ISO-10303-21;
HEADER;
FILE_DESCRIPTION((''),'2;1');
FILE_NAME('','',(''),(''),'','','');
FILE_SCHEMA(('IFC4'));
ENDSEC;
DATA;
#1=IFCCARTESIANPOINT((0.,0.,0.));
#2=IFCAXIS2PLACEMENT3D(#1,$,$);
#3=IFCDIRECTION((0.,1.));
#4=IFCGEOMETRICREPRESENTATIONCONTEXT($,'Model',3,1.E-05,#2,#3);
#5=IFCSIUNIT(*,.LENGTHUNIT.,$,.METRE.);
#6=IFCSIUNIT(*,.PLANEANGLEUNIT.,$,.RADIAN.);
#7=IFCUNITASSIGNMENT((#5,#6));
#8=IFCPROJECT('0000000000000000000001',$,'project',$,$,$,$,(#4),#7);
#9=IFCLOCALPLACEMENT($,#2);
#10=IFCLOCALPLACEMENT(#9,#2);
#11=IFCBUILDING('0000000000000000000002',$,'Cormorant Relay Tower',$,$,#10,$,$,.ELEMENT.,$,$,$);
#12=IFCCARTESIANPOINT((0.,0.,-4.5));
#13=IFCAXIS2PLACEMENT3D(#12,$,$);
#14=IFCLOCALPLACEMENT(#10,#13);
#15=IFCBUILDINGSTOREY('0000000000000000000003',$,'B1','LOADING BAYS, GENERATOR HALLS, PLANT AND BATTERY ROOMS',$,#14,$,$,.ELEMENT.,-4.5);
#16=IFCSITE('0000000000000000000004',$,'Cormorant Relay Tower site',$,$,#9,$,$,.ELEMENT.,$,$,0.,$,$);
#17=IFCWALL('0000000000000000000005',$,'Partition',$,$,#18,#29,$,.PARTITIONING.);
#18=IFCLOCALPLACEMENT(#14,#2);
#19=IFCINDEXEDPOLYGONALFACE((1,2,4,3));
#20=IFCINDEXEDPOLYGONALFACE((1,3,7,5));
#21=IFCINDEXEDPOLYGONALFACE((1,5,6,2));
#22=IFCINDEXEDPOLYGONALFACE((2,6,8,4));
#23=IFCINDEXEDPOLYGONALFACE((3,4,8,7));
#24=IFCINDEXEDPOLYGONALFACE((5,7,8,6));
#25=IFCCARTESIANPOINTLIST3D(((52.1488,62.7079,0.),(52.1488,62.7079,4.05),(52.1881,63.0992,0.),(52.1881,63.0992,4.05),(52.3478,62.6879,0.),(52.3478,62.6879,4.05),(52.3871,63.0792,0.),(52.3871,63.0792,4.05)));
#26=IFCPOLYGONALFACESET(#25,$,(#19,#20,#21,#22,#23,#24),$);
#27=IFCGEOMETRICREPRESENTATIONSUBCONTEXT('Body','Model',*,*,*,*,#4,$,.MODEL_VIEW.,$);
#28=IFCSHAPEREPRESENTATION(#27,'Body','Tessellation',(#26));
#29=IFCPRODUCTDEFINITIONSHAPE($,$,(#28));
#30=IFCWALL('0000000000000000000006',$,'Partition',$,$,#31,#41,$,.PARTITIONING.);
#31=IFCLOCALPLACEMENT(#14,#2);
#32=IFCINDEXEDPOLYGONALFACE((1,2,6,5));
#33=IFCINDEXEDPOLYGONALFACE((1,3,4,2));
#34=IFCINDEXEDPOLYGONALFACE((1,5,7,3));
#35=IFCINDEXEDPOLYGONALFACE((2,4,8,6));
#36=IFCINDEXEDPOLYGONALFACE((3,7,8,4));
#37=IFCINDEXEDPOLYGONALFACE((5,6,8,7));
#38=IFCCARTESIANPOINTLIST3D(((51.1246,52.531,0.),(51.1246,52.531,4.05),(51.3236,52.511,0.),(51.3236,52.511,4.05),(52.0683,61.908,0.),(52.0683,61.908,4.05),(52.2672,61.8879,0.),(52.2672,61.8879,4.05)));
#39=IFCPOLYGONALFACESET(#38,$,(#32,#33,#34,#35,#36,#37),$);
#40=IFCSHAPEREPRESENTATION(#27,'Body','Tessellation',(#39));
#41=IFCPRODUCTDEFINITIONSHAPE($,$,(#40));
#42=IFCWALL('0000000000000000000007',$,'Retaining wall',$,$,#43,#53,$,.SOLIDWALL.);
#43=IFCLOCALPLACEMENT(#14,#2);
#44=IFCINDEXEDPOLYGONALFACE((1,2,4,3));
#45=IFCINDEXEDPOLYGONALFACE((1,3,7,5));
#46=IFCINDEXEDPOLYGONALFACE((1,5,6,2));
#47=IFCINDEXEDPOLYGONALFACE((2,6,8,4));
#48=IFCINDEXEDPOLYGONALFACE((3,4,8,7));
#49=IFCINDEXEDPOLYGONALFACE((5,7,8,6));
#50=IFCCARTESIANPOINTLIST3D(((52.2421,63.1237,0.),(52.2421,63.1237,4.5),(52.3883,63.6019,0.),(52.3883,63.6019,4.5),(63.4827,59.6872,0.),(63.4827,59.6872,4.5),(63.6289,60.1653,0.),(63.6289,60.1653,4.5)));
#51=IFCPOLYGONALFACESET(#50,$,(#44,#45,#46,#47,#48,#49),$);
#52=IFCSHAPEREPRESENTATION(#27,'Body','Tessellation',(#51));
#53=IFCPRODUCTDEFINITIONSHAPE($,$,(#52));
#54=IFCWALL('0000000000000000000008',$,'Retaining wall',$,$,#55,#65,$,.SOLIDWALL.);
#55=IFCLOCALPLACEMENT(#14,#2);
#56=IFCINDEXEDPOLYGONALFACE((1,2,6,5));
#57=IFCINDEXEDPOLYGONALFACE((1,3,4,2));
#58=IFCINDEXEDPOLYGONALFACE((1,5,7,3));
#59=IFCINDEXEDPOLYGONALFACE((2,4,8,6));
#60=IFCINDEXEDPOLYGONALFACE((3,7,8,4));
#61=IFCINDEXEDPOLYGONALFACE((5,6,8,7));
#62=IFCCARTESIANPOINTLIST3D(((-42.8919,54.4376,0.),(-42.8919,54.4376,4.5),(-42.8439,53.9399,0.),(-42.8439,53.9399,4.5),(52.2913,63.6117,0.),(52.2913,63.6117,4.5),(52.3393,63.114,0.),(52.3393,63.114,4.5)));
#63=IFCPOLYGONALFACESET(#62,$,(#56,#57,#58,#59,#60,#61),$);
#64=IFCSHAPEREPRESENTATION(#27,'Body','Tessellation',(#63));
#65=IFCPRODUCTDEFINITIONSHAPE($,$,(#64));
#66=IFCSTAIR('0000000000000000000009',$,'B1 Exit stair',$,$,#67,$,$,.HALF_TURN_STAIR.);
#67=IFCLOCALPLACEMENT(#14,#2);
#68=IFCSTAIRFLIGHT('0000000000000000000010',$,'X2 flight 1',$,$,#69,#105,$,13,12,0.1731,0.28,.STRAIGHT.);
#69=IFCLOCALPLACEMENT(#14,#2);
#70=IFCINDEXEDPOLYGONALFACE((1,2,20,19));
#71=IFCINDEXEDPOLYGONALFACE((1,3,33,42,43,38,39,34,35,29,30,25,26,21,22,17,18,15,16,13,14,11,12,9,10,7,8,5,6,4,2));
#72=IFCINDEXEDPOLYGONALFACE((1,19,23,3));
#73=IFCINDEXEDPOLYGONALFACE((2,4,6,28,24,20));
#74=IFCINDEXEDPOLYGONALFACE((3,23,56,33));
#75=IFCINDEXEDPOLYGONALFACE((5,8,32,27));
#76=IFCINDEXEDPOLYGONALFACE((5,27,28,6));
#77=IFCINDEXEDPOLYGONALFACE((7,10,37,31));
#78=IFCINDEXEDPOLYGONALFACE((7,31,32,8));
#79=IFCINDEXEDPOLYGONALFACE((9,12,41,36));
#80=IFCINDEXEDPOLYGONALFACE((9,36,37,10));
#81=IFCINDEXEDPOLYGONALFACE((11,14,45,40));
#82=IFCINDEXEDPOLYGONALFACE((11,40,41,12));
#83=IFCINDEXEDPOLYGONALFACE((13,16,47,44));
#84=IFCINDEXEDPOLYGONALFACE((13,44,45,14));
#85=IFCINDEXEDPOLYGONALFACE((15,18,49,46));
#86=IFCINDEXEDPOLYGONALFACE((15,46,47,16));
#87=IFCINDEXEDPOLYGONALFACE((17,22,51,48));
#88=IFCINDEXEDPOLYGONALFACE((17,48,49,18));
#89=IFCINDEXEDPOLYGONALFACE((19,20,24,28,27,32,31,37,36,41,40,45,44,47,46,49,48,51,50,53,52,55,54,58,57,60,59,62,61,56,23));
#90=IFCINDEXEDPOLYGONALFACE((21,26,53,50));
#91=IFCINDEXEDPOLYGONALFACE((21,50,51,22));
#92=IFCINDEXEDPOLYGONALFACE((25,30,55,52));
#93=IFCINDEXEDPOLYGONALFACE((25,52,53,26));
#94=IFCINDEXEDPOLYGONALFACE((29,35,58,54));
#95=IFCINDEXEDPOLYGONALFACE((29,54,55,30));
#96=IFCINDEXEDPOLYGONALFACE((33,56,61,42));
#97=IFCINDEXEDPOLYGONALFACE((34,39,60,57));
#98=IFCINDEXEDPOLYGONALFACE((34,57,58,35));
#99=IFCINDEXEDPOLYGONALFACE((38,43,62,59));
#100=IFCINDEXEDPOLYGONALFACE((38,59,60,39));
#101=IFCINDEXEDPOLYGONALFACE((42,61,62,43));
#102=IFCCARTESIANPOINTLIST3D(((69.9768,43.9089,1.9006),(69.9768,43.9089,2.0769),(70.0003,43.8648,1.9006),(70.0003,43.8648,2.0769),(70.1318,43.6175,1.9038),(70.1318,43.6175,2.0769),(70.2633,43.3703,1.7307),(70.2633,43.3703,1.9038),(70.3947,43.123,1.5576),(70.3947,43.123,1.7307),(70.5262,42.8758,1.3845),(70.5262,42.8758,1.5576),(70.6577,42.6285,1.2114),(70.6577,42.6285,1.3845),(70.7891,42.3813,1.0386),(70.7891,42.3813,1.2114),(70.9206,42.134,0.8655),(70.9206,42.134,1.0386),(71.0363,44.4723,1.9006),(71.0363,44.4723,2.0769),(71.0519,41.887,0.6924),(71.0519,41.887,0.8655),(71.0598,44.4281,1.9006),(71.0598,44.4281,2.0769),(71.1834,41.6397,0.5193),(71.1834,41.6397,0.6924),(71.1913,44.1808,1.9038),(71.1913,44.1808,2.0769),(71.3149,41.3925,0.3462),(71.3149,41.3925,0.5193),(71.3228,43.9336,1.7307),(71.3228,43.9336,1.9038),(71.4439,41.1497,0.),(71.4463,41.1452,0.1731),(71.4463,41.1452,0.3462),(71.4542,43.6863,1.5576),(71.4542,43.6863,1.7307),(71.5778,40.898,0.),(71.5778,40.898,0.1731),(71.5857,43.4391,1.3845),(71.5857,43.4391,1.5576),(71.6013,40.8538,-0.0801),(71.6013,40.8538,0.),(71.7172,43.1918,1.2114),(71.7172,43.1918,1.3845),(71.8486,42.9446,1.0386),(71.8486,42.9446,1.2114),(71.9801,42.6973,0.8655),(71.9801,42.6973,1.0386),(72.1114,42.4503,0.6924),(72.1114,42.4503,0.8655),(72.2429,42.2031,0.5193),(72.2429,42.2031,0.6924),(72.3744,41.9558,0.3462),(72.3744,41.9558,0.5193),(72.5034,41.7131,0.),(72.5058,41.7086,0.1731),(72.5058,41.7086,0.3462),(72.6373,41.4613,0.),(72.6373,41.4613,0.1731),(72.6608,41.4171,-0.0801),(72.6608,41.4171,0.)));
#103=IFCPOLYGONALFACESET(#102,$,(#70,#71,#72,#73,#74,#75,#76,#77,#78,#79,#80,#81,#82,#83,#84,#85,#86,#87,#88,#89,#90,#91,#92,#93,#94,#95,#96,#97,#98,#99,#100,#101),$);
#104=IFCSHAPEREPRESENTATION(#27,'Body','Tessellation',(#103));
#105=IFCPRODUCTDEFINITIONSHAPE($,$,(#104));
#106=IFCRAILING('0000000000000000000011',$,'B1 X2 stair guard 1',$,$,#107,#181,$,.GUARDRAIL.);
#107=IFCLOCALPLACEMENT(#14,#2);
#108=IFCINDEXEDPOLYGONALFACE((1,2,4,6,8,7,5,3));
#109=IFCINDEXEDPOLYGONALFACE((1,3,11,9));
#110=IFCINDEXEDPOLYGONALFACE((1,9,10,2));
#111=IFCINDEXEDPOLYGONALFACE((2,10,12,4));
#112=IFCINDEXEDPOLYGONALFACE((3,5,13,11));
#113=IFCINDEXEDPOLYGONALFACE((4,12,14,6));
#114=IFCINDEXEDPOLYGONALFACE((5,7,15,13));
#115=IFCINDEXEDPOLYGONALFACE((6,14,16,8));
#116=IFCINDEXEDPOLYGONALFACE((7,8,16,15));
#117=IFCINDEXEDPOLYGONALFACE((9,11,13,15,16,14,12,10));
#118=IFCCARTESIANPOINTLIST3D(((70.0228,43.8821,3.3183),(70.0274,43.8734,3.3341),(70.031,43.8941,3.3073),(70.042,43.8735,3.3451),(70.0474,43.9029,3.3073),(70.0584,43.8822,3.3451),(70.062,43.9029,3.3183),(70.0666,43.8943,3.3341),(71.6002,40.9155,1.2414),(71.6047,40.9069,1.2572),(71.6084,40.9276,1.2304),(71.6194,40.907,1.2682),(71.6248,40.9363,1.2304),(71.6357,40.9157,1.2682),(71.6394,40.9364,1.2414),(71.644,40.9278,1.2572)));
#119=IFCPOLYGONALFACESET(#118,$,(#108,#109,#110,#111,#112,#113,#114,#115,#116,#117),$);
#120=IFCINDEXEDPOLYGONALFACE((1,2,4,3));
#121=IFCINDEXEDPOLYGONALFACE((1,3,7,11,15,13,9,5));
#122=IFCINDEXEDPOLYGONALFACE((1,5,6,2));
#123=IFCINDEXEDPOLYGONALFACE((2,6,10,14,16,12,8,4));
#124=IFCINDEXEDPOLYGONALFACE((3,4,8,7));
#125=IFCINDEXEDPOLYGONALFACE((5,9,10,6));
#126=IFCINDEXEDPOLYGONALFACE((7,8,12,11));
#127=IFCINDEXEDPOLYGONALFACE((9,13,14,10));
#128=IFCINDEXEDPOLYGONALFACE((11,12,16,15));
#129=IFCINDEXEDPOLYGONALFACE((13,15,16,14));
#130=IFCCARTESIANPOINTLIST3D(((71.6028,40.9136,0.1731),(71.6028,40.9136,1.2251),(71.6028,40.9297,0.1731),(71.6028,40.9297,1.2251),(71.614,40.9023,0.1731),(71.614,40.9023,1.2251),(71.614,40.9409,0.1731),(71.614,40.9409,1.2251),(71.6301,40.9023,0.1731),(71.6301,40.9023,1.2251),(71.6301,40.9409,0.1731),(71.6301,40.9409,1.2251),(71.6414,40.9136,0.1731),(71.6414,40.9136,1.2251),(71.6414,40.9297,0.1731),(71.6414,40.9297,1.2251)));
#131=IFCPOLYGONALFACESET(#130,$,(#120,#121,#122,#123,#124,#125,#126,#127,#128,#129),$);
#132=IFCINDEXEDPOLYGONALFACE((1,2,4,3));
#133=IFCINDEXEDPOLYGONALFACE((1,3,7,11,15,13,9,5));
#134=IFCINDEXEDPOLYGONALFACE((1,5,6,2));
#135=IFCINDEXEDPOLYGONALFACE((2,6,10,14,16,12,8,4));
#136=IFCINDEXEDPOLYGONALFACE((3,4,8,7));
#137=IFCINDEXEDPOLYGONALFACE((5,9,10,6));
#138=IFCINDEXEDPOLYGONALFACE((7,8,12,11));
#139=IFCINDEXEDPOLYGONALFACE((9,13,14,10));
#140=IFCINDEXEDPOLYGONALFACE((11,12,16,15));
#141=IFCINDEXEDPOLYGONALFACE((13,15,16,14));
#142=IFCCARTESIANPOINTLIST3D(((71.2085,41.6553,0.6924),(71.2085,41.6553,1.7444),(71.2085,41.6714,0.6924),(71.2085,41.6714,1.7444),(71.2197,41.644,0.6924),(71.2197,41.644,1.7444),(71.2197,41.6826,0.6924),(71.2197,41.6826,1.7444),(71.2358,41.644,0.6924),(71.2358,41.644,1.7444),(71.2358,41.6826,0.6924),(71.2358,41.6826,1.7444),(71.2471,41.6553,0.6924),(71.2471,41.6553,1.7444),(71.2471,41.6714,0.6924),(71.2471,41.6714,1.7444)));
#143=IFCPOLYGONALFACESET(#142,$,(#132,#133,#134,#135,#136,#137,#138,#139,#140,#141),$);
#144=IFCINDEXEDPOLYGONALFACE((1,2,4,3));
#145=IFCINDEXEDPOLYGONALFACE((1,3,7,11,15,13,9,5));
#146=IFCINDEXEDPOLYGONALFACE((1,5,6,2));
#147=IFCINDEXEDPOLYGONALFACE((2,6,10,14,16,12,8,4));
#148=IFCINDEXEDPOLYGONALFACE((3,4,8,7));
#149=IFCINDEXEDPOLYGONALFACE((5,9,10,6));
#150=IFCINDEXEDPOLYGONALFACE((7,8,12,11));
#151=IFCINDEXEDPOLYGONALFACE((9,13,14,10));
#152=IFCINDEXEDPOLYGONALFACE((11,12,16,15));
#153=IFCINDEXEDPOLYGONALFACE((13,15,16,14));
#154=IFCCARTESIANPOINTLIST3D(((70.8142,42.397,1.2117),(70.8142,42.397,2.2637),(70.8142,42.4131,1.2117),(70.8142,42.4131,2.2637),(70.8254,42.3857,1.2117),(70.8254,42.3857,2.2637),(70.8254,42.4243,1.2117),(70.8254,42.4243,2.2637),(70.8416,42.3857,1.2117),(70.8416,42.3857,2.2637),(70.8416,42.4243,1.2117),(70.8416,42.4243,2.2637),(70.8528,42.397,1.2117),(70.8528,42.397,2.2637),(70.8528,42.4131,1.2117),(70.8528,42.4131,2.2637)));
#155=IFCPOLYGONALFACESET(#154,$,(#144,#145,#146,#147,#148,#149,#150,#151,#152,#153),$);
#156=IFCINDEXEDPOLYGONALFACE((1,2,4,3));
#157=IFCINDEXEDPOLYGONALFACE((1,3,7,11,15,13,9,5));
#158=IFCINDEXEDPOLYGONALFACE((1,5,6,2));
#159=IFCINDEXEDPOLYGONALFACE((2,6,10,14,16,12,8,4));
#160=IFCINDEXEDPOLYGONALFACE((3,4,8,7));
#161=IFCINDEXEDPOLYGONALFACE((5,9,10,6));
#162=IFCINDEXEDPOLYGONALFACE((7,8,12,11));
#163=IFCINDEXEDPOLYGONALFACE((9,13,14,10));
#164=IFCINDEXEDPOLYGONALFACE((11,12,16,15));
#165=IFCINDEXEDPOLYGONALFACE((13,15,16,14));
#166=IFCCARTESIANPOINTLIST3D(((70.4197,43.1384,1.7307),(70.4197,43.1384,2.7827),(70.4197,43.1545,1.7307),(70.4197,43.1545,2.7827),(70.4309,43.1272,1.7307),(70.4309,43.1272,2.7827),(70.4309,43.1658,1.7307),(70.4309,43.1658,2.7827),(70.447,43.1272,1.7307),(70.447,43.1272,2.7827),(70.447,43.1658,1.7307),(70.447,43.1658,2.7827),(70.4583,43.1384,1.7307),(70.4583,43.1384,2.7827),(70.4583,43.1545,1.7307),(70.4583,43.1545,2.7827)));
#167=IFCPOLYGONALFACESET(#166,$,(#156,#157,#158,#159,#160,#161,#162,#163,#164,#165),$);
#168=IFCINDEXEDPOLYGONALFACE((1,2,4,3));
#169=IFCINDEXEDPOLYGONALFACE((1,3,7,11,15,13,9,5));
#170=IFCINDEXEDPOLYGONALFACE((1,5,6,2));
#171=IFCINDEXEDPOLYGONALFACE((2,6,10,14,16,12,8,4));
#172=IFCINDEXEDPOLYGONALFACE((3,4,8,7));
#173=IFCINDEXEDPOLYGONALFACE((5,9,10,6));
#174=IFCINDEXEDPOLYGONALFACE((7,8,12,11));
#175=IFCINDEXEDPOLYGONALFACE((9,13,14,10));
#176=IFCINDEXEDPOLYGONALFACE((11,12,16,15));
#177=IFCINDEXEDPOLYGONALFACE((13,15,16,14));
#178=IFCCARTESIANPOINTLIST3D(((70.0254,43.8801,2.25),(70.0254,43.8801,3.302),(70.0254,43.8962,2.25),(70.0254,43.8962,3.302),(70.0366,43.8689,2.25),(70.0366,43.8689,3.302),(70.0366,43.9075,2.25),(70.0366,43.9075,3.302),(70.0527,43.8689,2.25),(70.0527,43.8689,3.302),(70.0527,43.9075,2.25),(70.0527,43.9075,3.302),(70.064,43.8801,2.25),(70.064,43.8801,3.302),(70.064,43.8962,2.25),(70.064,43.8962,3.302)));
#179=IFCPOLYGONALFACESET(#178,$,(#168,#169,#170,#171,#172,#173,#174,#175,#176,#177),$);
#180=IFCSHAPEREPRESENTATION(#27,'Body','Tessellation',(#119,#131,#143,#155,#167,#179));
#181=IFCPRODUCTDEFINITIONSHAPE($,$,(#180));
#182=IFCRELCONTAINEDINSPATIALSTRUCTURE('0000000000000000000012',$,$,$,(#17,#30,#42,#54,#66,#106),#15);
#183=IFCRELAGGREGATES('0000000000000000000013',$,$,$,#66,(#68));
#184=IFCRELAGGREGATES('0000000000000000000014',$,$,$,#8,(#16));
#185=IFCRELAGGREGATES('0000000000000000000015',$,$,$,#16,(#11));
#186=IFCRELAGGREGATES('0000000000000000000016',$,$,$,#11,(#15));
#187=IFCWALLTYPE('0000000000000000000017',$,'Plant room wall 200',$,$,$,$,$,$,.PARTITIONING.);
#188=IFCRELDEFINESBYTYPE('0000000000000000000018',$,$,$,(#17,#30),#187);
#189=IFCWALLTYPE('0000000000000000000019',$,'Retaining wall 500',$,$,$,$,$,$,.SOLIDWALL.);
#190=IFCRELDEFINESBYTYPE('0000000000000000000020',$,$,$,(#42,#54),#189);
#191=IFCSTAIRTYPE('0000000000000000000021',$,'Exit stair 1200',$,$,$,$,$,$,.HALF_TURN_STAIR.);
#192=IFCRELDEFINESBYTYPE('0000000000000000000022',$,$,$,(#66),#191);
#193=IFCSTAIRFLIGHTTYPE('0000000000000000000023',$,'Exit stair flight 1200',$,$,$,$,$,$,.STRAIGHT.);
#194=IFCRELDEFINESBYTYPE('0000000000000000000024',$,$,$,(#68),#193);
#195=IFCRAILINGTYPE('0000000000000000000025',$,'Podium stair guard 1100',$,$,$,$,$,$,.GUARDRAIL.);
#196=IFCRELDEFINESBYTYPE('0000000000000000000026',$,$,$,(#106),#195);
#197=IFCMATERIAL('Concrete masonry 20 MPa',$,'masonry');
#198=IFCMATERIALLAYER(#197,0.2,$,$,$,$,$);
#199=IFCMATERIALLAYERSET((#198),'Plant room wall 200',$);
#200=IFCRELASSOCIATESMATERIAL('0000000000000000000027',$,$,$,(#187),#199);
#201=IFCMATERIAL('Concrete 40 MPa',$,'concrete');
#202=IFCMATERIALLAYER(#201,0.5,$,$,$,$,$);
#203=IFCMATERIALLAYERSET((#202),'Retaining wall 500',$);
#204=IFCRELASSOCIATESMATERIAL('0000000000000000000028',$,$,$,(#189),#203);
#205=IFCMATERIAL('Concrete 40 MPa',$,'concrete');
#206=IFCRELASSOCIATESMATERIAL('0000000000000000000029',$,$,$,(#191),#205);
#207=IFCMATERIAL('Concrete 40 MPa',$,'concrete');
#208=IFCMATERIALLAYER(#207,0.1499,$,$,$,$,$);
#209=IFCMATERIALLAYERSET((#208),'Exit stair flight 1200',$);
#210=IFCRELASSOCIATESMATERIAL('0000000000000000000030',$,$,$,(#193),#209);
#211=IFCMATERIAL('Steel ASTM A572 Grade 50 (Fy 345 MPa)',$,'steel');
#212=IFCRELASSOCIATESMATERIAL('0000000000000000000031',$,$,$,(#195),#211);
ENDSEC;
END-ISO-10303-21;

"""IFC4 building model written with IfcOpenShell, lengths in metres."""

from ifc_helpers import new_model, si_unit, direction, frame, frame_2d, origin, place, context, subcontext, project, spatial, polyline, rectangle, outline, extrude, material, layer, layer_set, type_object, element, aggregate, save


model = new_model("IFC4")

# Units and contexts
model_context = context("Model", 3, precision=1e-05, world=origin(), true_north=direction((0.0, 1.0)))
body_context = subcontext(model_context, "Body", "Model", "MODEL_VIEW")
ifc_project = project(units=[si_unit("LENGTHUNIT", "METRE"), si_unit("PLANEANGLEUNIT", "RADIAN")], contexts=[model_context])

# Site, building, storey
site_placement = place(None, origin())
site = spatial("IfcSite", under=ifc_project, at=site_placement, Name="Cormorant Relay Tower site", CompositionType="ELEMENT", RefElevation=0.0)
building_placement = place(site_placement, origin())
building = spatial("IfcBuilding", under=site, at=building_placement, Name="Cormorant Relay Tower", CompositionType="ELEMENT")
storey_placement = place(building_placement, frame((0.0, 0.0, -4.5)))
storey = spatial("IfcBuildingStorey", under=building, at=storey_placement, Name="B1", Description="LOADING BAYS, GENERATOR HALLS, PLANT AND BATTERY ROOMS", CompositionType="ELEMENT", Elevation=-4.5)

# Walls
ifc_material_1 = material(Name="Concrete masonry 20 MPa", Category="masonry")
ifc_layer_1 = layer(ifc_material_1, 0.2)
ifc_layer_set_1 = layer_set([ifc_layer_1], Name="Plant room wall 200")
wall_type_1 = type_object("IfcWallType", Name="Plant room wall 200", PredefinedType="PARTITIONING", material=ifc_layer_set_1)
wall_1_placement = place(storey_placement, frame((52.2876, 63.0894, 0.0), z_axis=(0.0, 0.0, 1.0), x_axis=(-0.099934, -0.994994, 0.0)))
element("IfcWall", 1, at=wall_1_placement, inside=storey, type_object=wall_type_1, Name="Partition", PredefinedType="PARTITIONING", context=body_context, shape_type="SweptSolid", body=[
    extrude(rectangle(XDim=0.3933, YDim=0.2, at=frame_2d((0.1968, 0.0))), origin(), (0.0, 0.0, 1.0), 4.05),
])
wall_2_placement = place(storey_placement, frame((52.1677, 61.8979, 0.0), z_axis=(0.0, 0.0, 1.0), x_axis=(-0.100124, -0.994975, 0.0)))
element("IfcWall", 2, at=wall_2_placement, inside=storey, type_object=wall_type_1, Name="Partition", PredefinedType="PARTITIONING", context=body_context, shape_type="SweptSolid", body=[
    extrude(rectangle(XDim=9.4243, YDim=0.2, at=frame_2d((4.7122, 0.0))), origin(), (0.0, 0.0, 1.0), 4.05),
])
ifc_material_2 = material(Name="Concrete 40 MPa", Category="concrete")
ifc_layer_2 = layer(ifc_material_2, 0.5)
ifc_layer_set_2 = layer_set([ifc_layer_2], Name="Retaining wall 500")
wall_type_2 = type_object("IfcWallType", Name="Retaining wall 500", PredefinedType="SOLIDWALL", material=ifc_layer_set_2)
wall_3_placement = place(storey_placement, frame((63.5557, 59.9263, 0.0), z_axis=(0.0, 0.0, 1.0), x_axis=(-0.956306, 0.292369, 0.0)))
element("IfcWall", 3, at=wall_3_placement, inside=storey, type_object=wall_type_2, Name="Retaining wall", PredefinedType="SOLIDWALL", context=body_context, shape_type="SweptSolid", body=[
    extrude(rectangle(XDim=11.7542, YDim=0.5, at=frame_2d((5.877, 0.0))), origin(), (0.0, 0.0, 1.0), 4.5),
])
wall_4_placement = place(storey_placement, frame((52.3152, 63.3628, 0.0), z_axis=(0.0, 0.0, 1.0), x_axis=(-0.995387, -0.095939, 0.0)))
element("IfcWall", 4, at=wall_4_placement, inside=storey, type_object=wall_type_2, Name="Retaining wall", PredefinedType="SOLIDWALL", context=body_context, shape_type="SweptSolid", body=[
    extrude(rectangle(XDim=95.6243, YDim=0.5, at=frame_2d((47.812, 0.0))), origin(), (0.0, 0.0, 1.0), 4.5),
])

# Stair, stair flight
ifc_material_3 = material(Name="Concrete 40 MPa", Category="concrete")
stair_type = type_object("IfcStairType", Name="Exit stair 1200", PredefinedType="HALF_TURN_STAIR", material=ifc_material_3)
stair_placement = place(storey_placement, origin())
stair = element("IfcStair", 5, at=stair_placement, inside=storey, type_object=stair_type, Name="B1 Exit stair", PredefinedType="HALF_TURN_STAIR")
ifc_material_4 = material(Name="Concrete 40 MPa", Category="concrete")
ifc_layer_3 = layer(ifc_material_4, 0.1499)
ifc_layer_set_3 = layer_set([ifc_layer_3], Name="Exit stair flight 1200")
stair_flight_type = type_object("IfcStairFlightType", Name="Exit stair flight 1200", PredefinedType="STRAIGHT", material=ifc_layer_set_3)
stair_flight_1_placement = place(storey_placement, frame((72.1077, 41.1797, 0.0), z_axis=(0.0, 0.0, 1.0), x_axis=(-0.469472, 0.882948, 0.0)))
stair_flight_1 = element("IfcStairFlight", 6, at=stair_flight_1_placement, type_object=stair_flight_type, Name="X2 flight 1", NumberOfRisers=13, NumberOfTreads=12, PredefinedType="STRAIGHT", RiserHeight=0.1731, TreadLength=0.28, context=body_context, shape_type="SweptSolid", body=[
    extrude(outline(polyline([(-0.05, -0.0801), (-0.05, 0.0), (0.0, 0.0), (0.0, 0.1731), (0.28, 0.1731), (0.28, 0.3462), (0.5601, 0.3462), (0.5601, 0.5193), (0.8401, 0.5193), (0.8401, 0.6924), (1.1201, 0.6924), (1.1201, 0.8655), (1.3999, 0.8655), (1.3999, 1.0386), (1.6799, 1.0386), (1.6799, 1.2114), (1.96, 1.2114), (1.96, 1.3845), (2.24, 1.3845), (2.24, 1.5576), (2.52, 1.5576), (2.52, 1.7307), (2.8, 1.7307), (2.8, 1.9038), (3.0801, 1.9038), (3.0801, 2.0769), (3.3601, 2.0769), (3.4102, 2.0769), (3.4102, 1.9006), (3.3601, 1.9006), (0.2852, 0.0), (-0.05, -0.0801)])), frame((0.0, 0.6001, 0.0), z_axis=(0.0, -1.0, 0.0), x_axis=(1.0, 0.0, 0.0)), (0.0, 0.0, 1.0), 1.2),
])
aggregate(stair, [stair_flight_1])

# Railing
ifc_material_5 = material(Name="Steel ASTM A572 Grade 50 (Fy 345 MPa)", Category="steel")
railing_type_1 = type_object("IfcRailingType", Name="Podium stair guard 1100", PredefinedType="GUARDRAIL", material=ifc_material_5)
railing_1_placement = place(storey_placement, frame((71.6221, 40.9216, 0.1731)))
element("IfcRailing", 7, at=railing_1_placement, inside=storey, type_object=railing_type_1, Name="B1 X2 stair guard 1", PredefinedType="GUARDRAIL", context=body_context, shape_type="SweptSolid", body=[
    extrude(outline(polyline([(0.0222, 0.0093), (0.0093, 0.0222), (-0.0093, 0.0222), (-0.0222, 0.0093), (-0.0222, -0.0093), (-0.0093, -0.0222), (0.0093, -0.0222), (0.0222, -0.0093), (0.0222, 0.0093)])), frame((0.0, 0.0, 1.0762), z_axis=(-0.399345, 0.751035, 0.525805), x_axis=(-0.882942, -0.469483, 0.0)), (0.0, 0.0, 1.0), 3.95),
    extrude(outline(polyline([(0.0193, 0.0081), (0.0081, 0.0193), (-0.0081, 0.0193), (-0.0193, 0.0081), (-0.0193, -0.0081), (-0.0081, -0.0193), (0.0081, -0.0193), (0.0193, -0.0081), (0.0193, 0.0081)])), origin(), (0.0, 0.0, 1.0), 1.052),
    extrude(outline(polyline([(0.0193, 0.0081), (0.0081, 0.0193), (-0.0081, 0.0193), (-0.0193, 0.0081), (-0.0193, -0.0081), (-0.0081, -0.0193), (0.0081, -0.0193), (0.0193, -0.0081), (0.0193, 0.0081)])), frame((-0.3943, 0.7417, 0.5193)), (0.0, 0.0, 1.0), 1.052),
    extrude(outline(polyline([(0.0193, 0.0081), (0.0081, 0.0193), (-0.0081, 0.0193), (-0.0193, 0.0081), (-0.0193, -0.0081), (-0.0081, -0.0193), (0.0081, -0.0193), (0.0193, -0.0081), (0.0193, 0.0081)])), frame((-0.7886, 1.4834, 1.0386)), (0.0, 0.0, 1.0), 1.052),
    extrude(outline(polyline([(0.0193, 0.0081), (0.0081, 0.0193), (-0.0081, 0.0193), (-0.0193, 0.0081), (-0.0193, -0.0081), (-0.0081, -0.0193), (0.0081, -0.0193), (0.0193, -0.0081), (0.0193, 0.0081)])), frame((-1.1831, 2.2249, 1.5576)), (0.0, 0.0, 1.0), 1.052),
    extrude(outline(polyline([(0.0193, 0.0081), (0.0081, 0.0193), (-0.0081, 0.0193), (-0.0193, 0.0081), (-0.0193, -0.0081), (-0.0081, -0.0193), (0.0081, -0.0193), (0.0193, -0.0081), (0.0193, 0.0081)])), frame((-1.5774, 2.9666, 2.0769)), (0.0, 0.0, 1.0), 1.052),
])

save(model, "model.ifc")
